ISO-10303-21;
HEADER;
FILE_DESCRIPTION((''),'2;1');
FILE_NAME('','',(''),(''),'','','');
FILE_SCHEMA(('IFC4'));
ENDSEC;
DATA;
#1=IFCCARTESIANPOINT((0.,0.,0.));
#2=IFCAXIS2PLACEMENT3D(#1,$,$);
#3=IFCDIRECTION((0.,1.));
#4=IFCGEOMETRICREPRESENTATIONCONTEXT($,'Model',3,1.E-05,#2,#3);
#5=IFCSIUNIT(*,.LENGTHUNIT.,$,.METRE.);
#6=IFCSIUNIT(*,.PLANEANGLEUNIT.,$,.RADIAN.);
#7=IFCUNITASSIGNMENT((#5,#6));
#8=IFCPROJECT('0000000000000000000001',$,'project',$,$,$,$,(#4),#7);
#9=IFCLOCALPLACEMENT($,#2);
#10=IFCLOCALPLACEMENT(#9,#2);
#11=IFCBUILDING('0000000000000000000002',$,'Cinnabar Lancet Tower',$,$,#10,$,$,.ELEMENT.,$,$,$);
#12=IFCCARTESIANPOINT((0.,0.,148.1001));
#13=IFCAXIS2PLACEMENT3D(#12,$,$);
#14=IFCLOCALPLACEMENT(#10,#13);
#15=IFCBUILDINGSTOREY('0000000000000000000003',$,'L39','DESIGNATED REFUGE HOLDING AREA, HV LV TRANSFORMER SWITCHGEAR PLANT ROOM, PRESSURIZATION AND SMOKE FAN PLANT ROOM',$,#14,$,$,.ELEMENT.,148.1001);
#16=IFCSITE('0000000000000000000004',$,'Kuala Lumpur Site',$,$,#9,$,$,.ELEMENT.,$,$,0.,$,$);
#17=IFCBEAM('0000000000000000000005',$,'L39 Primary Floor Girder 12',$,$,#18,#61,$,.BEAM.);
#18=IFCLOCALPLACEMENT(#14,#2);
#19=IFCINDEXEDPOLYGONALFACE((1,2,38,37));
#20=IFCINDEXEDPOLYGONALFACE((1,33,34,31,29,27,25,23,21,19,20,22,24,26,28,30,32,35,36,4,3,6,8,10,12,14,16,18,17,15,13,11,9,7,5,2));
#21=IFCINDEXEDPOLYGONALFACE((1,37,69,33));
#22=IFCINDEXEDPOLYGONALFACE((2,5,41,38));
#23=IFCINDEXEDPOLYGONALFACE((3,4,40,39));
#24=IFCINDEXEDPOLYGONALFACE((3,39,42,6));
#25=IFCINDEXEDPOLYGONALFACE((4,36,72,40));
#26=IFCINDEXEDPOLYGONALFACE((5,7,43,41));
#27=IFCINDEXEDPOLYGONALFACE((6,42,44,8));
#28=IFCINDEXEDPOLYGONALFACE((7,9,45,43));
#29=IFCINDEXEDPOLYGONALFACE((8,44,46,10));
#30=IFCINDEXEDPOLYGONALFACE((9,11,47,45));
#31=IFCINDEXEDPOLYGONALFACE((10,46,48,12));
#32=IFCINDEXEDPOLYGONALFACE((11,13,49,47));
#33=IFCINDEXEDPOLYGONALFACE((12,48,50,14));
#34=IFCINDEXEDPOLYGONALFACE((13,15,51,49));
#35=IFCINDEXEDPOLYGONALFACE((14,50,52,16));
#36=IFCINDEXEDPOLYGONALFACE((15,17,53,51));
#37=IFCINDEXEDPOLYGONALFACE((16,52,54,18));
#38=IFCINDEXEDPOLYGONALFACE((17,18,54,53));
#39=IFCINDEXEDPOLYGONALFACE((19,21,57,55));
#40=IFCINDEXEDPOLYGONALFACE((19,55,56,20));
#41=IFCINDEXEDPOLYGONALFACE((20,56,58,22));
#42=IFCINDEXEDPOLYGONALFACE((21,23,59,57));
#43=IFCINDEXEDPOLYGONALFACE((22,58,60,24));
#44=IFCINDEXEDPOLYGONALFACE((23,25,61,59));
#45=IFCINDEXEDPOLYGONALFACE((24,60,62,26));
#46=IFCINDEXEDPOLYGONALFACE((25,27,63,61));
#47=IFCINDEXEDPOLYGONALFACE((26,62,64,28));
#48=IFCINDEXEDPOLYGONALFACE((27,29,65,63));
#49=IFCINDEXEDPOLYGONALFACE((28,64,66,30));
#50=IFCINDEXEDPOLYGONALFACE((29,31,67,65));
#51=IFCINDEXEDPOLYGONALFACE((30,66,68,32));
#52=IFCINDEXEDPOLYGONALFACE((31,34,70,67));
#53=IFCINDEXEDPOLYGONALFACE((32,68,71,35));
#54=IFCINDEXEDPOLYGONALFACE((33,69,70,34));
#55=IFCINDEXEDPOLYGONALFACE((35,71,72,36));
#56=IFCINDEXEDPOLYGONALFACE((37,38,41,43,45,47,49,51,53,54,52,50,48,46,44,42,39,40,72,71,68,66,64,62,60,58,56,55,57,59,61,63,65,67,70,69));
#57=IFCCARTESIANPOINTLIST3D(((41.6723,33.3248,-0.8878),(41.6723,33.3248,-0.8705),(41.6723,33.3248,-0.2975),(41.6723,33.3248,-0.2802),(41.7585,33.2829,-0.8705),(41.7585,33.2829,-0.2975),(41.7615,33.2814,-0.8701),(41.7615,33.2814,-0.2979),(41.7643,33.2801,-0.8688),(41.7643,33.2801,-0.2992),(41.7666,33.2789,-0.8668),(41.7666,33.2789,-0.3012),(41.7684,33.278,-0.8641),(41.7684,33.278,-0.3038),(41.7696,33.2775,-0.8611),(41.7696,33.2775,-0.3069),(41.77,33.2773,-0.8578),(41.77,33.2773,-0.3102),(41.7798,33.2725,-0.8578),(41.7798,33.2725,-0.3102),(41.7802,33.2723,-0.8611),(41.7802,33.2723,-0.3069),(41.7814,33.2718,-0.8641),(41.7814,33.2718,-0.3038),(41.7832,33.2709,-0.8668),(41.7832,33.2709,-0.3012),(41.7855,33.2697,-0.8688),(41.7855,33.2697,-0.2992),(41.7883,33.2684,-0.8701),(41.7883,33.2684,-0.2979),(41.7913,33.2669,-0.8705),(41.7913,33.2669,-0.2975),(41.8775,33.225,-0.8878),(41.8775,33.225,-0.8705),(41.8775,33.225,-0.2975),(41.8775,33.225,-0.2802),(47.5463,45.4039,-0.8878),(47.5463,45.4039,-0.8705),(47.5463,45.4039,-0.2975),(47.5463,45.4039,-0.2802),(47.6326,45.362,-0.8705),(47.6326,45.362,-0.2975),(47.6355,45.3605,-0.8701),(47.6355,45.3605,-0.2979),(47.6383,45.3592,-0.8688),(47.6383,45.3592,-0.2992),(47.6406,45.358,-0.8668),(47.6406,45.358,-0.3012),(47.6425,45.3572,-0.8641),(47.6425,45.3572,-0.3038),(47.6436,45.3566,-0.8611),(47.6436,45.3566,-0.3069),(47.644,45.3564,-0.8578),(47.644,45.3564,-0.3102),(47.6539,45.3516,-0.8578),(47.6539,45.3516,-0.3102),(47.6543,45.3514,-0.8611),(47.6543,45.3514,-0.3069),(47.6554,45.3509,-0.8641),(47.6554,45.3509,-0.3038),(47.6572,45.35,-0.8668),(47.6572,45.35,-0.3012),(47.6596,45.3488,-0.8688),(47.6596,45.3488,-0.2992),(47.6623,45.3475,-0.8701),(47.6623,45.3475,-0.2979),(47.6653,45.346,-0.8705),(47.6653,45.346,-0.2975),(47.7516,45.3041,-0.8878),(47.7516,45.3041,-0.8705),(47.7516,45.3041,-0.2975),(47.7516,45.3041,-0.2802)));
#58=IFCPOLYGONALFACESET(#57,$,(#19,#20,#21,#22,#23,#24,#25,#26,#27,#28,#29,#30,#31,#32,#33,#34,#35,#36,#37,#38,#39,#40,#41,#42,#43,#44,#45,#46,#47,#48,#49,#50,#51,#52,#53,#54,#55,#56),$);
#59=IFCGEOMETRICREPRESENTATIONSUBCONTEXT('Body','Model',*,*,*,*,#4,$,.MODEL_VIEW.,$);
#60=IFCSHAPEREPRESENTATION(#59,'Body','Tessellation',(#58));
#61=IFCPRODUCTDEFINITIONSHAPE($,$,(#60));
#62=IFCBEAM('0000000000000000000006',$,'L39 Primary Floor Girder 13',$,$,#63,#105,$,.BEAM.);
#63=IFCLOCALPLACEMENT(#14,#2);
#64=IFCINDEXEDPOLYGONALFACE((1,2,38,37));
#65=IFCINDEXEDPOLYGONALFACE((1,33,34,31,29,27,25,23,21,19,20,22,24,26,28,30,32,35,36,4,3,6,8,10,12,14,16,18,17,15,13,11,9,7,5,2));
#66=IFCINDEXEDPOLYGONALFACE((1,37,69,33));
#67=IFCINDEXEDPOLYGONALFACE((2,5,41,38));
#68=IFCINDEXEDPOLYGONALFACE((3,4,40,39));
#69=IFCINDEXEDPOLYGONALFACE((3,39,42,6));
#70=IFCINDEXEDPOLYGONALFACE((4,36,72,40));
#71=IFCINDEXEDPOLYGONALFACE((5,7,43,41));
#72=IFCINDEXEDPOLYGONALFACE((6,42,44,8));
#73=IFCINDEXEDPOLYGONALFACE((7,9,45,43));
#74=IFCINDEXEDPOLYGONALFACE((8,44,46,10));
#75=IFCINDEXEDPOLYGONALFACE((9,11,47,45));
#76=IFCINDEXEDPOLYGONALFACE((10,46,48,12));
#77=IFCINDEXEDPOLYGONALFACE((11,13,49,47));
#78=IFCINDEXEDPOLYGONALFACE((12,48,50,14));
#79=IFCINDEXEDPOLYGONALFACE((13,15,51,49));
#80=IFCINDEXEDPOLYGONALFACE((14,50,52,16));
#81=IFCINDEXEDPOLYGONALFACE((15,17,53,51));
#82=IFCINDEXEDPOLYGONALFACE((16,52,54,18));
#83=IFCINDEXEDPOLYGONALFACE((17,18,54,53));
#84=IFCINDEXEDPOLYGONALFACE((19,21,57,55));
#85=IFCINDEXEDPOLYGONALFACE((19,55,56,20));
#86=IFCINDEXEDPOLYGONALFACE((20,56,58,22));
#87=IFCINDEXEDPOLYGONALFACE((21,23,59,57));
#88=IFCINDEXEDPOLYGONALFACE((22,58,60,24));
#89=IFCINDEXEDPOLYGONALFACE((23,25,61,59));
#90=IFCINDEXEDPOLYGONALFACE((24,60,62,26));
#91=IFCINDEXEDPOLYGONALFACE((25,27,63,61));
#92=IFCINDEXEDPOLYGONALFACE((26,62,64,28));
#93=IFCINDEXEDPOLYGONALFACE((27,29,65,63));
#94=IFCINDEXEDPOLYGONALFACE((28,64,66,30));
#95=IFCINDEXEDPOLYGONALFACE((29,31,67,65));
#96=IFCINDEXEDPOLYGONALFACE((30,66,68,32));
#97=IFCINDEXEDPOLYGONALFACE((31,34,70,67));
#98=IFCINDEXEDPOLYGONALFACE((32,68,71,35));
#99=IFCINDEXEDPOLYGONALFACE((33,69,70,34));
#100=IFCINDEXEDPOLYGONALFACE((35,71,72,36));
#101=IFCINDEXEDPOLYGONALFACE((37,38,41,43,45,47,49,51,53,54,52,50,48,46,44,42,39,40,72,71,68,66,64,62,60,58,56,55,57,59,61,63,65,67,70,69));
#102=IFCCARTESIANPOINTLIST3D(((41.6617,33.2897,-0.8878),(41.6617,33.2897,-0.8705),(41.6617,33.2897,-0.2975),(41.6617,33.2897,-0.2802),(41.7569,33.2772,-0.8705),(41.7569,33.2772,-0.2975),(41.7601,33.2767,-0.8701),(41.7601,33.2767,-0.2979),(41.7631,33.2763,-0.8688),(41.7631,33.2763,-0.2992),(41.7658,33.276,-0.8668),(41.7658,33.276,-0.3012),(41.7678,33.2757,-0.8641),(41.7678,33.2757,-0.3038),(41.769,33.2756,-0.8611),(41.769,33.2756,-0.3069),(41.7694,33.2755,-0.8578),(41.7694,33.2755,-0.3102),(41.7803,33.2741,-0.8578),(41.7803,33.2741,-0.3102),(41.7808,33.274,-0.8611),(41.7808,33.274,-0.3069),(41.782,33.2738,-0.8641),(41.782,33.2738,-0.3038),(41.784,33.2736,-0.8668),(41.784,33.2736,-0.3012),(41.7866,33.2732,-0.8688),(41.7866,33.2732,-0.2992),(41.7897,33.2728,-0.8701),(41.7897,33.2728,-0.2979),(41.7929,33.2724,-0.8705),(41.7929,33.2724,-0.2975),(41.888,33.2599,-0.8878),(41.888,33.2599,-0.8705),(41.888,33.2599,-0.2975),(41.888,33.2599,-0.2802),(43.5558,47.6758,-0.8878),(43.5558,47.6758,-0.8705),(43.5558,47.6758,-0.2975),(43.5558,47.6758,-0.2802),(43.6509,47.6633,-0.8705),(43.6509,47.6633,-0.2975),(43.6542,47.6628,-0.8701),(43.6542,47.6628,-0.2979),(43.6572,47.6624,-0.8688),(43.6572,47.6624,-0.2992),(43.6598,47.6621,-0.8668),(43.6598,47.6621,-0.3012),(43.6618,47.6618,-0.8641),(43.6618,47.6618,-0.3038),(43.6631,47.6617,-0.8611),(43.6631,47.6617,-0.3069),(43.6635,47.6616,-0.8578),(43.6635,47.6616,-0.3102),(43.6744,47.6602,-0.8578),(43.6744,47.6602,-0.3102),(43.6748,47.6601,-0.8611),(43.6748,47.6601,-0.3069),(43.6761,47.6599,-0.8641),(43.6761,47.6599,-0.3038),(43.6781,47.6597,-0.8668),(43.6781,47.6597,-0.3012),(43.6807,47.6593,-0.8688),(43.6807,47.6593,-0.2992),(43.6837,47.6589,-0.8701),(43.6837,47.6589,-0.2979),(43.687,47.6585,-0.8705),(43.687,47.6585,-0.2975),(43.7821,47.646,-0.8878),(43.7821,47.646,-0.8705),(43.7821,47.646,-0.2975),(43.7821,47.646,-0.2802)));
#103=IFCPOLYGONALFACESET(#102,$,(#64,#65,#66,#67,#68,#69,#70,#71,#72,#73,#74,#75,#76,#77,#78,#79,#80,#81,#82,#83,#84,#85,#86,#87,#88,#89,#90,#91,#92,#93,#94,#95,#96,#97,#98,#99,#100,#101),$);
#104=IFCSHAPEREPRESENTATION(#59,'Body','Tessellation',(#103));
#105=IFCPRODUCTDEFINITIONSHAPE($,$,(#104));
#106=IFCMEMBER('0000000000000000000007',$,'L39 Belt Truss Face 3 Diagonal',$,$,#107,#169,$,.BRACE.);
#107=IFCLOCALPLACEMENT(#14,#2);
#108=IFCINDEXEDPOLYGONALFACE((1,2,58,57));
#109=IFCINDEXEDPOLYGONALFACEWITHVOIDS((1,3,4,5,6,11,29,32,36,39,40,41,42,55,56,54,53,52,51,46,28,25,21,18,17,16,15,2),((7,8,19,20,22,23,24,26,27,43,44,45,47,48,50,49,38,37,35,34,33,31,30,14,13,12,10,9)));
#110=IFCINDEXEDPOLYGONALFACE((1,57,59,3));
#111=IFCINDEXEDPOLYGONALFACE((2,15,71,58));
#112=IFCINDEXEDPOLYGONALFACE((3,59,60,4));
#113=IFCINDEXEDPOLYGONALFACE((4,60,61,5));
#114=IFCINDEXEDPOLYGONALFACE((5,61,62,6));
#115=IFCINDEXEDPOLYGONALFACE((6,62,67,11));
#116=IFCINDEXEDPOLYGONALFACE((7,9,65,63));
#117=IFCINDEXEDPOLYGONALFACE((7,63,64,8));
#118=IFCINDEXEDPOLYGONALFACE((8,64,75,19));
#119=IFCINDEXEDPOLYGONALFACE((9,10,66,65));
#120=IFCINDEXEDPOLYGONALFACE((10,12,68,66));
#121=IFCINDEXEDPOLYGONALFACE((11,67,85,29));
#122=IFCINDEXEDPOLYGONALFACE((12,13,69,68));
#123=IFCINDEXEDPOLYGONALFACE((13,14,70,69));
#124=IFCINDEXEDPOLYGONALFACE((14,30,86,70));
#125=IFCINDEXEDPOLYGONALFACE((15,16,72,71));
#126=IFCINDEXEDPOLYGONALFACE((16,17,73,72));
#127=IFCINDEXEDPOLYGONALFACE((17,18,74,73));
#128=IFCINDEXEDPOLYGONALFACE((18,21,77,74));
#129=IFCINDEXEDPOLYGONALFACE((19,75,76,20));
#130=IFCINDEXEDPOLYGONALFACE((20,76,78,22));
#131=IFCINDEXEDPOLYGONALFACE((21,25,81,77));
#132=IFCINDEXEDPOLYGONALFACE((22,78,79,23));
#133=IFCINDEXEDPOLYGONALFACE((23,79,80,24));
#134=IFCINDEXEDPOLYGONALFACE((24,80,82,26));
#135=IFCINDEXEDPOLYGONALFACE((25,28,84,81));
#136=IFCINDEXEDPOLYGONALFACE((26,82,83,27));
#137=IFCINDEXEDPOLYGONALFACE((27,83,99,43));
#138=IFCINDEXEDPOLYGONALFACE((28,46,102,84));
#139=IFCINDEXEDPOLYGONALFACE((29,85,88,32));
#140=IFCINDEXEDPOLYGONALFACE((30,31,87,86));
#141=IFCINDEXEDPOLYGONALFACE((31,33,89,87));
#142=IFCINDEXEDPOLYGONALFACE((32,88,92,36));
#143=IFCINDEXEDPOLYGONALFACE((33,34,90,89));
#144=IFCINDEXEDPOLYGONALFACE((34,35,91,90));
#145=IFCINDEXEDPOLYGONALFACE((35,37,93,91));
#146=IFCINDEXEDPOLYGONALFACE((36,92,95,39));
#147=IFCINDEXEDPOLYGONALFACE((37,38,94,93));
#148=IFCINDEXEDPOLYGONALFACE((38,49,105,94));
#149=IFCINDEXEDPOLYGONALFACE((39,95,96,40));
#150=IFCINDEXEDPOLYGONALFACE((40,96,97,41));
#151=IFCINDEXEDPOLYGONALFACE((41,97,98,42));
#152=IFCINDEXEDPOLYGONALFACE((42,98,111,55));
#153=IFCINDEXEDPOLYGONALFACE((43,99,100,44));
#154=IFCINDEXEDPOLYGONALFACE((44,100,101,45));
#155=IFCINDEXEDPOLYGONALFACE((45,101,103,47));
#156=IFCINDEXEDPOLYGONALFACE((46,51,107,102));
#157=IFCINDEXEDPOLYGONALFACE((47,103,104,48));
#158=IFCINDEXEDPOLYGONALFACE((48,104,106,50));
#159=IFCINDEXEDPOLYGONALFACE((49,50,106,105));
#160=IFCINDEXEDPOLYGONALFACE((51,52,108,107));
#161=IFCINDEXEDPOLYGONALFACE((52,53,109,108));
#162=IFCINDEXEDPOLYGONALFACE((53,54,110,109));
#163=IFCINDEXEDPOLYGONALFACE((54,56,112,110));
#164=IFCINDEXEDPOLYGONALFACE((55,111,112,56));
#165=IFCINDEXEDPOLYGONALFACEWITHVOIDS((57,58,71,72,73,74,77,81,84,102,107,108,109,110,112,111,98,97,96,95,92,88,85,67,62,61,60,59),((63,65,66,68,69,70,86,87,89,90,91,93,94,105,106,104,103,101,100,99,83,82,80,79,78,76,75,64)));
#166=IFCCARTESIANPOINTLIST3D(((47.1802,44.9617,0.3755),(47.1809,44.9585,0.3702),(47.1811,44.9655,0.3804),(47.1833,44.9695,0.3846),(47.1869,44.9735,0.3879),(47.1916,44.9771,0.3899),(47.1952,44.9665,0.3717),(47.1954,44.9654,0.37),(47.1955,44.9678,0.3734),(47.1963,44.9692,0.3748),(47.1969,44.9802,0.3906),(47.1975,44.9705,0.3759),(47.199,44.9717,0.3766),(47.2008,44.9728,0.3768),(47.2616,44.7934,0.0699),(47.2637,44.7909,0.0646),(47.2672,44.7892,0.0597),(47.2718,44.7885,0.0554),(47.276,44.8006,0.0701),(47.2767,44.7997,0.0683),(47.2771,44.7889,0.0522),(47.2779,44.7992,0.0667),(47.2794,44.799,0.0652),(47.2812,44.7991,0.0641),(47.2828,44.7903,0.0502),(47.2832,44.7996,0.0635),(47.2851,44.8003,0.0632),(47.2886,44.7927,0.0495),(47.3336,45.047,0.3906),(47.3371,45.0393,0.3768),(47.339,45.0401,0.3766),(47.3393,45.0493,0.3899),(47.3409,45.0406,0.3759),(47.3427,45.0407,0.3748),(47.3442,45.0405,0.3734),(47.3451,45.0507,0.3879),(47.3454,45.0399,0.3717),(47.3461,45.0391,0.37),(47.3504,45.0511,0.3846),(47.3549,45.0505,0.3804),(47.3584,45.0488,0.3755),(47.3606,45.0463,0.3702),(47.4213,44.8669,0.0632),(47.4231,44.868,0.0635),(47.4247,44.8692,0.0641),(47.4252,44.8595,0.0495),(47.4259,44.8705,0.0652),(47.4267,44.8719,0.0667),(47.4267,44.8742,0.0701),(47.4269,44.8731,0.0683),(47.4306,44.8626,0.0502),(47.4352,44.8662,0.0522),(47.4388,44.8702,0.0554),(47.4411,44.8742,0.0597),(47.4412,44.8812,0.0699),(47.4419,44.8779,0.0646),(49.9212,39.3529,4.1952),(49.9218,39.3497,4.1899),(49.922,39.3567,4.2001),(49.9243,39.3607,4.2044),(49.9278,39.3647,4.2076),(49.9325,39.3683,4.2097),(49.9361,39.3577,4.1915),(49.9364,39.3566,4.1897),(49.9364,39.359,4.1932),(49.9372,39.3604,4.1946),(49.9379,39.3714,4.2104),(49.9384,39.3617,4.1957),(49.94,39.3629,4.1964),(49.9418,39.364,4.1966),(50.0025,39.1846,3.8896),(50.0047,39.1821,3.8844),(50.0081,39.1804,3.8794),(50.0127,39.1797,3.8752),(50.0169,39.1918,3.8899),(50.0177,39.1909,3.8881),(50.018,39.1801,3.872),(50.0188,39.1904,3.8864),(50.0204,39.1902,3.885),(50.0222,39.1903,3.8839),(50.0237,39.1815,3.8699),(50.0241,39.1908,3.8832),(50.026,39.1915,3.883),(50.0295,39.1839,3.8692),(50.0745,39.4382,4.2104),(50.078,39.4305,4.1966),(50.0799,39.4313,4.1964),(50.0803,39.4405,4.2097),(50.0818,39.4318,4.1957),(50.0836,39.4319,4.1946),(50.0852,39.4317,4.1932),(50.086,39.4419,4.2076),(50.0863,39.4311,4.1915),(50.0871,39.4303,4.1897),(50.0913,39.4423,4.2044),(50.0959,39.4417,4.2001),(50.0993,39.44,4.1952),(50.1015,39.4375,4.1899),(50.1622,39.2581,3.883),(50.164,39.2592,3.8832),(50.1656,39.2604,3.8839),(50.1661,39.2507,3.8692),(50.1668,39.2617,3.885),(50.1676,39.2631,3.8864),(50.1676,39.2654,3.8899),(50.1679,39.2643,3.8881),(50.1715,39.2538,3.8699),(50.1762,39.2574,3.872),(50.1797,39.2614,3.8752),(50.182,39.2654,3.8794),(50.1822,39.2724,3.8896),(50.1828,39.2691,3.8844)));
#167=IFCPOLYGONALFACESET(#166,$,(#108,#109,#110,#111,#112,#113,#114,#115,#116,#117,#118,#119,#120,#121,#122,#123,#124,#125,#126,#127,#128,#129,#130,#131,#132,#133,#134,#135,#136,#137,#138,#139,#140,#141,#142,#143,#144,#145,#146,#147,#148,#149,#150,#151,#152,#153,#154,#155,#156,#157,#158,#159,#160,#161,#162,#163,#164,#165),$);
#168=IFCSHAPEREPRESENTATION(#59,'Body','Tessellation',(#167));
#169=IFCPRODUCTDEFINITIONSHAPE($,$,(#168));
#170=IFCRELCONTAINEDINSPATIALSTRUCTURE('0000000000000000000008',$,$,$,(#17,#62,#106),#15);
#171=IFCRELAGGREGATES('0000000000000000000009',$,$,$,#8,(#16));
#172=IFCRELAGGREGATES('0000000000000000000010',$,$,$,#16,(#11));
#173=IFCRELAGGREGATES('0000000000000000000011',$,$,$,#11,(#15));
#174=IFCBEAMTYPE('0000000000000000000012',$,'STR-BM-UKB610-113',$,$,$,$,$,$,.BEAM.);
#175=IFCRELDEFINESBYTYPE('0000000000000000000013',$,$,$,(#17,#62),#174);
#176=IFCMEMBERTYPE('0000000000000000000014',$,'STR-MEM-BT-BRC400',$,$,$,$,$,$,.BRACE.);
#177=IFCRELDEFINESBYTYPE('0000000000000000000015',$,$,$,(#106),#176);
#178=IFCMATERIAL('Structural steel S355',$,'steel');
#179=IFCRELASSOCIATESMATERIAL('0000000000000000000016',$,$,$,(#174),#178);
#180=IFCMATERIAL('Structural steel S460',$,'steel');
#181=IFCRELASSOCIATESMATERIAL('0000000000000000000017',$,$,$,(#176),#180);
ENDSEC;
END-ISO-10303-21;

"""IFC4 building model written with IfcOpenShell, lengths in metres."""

from ifc_helpers import new_model, si_unit, direction, frame, origin, origin_2d, place, context, subcontext, project, spatial, hollow_rectangle, i_section, extrude, material, material_profile, profile_set, type_object, element, save


model = new_model("IFC4")

# Units and contexts
model_context = context("Model", 3, precision=1e-05, world=origin(), true_north=direction((0.0, 1.0)))
body_context = subcontext(model_context, "Body", "Model", "MODEL_VIEW")
ifc_project = project(units=[si_unit("LENGTHUNIT", "METRE"), si_unit("PLANEANGLEUNIT", "RADIAN")], contexts=[model_context])

# Site, building, storey
site_placement = place(None, origin())
site = spatial("IfcSite", under=ifc_project, at=site_placement, Name="Kuala Lumpur Site", CompositionType="ELEMENT", RefElevation=0.0)
building_placement = place(site_placement, origin())
building = spatial("IfcBuilding", under=site, at=building_placement, Name="Cinnabar Lancet Tower", CompositionType="ELEMENT")
storey_placement = place(building_placement, frame((0.0, 0.0, 148.1001)))
storey = spatial("IfcBuildingStorey", under=building, at=storey_placement, Name="L39", Description="DESIGNATED REFUGE HOLDING AREA, HV LV TRANSFORMER SWITCHGEAR PLANT ROOM, PRESSURIZATION AND SMOKE FAN PLANT ROOM", CompositionType="ELEMENT", Elevation=148.1001)

# Beams
ifc_material_1 = material(Name="Structural steel S355", Category="steel")
ifc_material_profile_1 = material_profile(ifc_material_1, i_section(OverallWidth=0.2283, OverallDepth=0.6077, WebThickness=0.011, FlangeThickness=0.0173, FilletRadius=0.0127, at=origin_2d()), Name="UKB 610x229x113")
ifc_profile_set_1 = profile_set([ifc_material_profile_1], Name="Structural steel S355")
beam_type_1 = type_object("IfcBeamType", Name="STR-BM-UKB610-113", PredefinedType="BEAM", material=ifc_profile_set_1)
beam_1_placement = place(storey_placement, frame((47.6489, 45.354, -0.584), z_axis=(-0.437327, -0.899302, 0.0), x_axis=(0.899302, -0.437327, 0.0)))
element("IfcBeam", 1, at=beam_1_placement, inside=storey, type_object=beam_type_1, Name="L39 Primary Floor Girder 12", PredefinedType="BEAM", context=body_context, shape_type="SweptSolid", body=[
    extrude(i_section(OverallWidth=0.2283, OverallDepth=0.6077, WebThickness=0.011, FlangeThickness=0.0173, FilletRadius=0.0127, at=origin_2d()), origin(), (0.0, 0.0, 1.0), 13.4316),
])
beam_2_placement = place(storey_placement, frame((43.6689, 47.6609, -0.584), z_axis=(-0.130532, -0.991444, 0.0), x_axis=(0.991444, -0.130532, 0.0)))
element("IfcBeam", 2, at=beam_2_placement, inside=storey, type_object=beam_type_1, Name="L39 Primary Floor Girder 13", PredefinedType="BEAM", context=body_context, shape_type="SweptSolid", body=[
    extrude(i_section(OverallWidth=0.2283, OverallDepth=0.6077, WebThickness=0.011, FlangeThickness=0.0173, FilletRadius=0.0127, at=origin_2d()), origin(), (0.0, 0.0, 1.0), 14.5103),
])

# Member
ifc_material_2 = material(Name="Structural steel S460", Category="steel")
ifc_material_profile_2 = material_profile(ifc_material_2, hollow_rectangle(XDim=0.2, YDim=0.3999, WallThickness=0.0161, InnerFilletRadius=0.0081, OuterFilletRadius=0.0239, at=origin_2d()), Name="RHS 400x200x16")
ifc_profile_set_2 = profile_set([ifc_material_profile_2], Name="Structural steel S460")
member_type_1 = type_object("IfcMemberType", Name="STR-MEM-BT-BRC400", PredefinedType="BRACE", material=ifc_profile_set_2)
member_1_placement = place(storey_placement, frame((50.052, 39.311, 4.0398), z_axis=(-0.374515, 0.766376, -0.521926), x_axis=(-0.898457, -0.439061, 0.0)))
element("IfcMember", 3, at=member_1_placement, inside=storey, type_object=member_type_1, Name="L39 Belt Truss Face 3 Diagonal", PredefinedType="BRACE", context=body_context, shape_type="SweptSolid", body=[
    extrude(hollow_rectangle(XDim=0.2, YDim=0.3999, WallThickness=0.0161, InnerFilletRadius=0.0081, OuterFilletRadius=0.0239, at=origin_2d()), origin(), (0.0, 0.0, 1.0), 7.3186),
])

save(model, "model.ifc")
